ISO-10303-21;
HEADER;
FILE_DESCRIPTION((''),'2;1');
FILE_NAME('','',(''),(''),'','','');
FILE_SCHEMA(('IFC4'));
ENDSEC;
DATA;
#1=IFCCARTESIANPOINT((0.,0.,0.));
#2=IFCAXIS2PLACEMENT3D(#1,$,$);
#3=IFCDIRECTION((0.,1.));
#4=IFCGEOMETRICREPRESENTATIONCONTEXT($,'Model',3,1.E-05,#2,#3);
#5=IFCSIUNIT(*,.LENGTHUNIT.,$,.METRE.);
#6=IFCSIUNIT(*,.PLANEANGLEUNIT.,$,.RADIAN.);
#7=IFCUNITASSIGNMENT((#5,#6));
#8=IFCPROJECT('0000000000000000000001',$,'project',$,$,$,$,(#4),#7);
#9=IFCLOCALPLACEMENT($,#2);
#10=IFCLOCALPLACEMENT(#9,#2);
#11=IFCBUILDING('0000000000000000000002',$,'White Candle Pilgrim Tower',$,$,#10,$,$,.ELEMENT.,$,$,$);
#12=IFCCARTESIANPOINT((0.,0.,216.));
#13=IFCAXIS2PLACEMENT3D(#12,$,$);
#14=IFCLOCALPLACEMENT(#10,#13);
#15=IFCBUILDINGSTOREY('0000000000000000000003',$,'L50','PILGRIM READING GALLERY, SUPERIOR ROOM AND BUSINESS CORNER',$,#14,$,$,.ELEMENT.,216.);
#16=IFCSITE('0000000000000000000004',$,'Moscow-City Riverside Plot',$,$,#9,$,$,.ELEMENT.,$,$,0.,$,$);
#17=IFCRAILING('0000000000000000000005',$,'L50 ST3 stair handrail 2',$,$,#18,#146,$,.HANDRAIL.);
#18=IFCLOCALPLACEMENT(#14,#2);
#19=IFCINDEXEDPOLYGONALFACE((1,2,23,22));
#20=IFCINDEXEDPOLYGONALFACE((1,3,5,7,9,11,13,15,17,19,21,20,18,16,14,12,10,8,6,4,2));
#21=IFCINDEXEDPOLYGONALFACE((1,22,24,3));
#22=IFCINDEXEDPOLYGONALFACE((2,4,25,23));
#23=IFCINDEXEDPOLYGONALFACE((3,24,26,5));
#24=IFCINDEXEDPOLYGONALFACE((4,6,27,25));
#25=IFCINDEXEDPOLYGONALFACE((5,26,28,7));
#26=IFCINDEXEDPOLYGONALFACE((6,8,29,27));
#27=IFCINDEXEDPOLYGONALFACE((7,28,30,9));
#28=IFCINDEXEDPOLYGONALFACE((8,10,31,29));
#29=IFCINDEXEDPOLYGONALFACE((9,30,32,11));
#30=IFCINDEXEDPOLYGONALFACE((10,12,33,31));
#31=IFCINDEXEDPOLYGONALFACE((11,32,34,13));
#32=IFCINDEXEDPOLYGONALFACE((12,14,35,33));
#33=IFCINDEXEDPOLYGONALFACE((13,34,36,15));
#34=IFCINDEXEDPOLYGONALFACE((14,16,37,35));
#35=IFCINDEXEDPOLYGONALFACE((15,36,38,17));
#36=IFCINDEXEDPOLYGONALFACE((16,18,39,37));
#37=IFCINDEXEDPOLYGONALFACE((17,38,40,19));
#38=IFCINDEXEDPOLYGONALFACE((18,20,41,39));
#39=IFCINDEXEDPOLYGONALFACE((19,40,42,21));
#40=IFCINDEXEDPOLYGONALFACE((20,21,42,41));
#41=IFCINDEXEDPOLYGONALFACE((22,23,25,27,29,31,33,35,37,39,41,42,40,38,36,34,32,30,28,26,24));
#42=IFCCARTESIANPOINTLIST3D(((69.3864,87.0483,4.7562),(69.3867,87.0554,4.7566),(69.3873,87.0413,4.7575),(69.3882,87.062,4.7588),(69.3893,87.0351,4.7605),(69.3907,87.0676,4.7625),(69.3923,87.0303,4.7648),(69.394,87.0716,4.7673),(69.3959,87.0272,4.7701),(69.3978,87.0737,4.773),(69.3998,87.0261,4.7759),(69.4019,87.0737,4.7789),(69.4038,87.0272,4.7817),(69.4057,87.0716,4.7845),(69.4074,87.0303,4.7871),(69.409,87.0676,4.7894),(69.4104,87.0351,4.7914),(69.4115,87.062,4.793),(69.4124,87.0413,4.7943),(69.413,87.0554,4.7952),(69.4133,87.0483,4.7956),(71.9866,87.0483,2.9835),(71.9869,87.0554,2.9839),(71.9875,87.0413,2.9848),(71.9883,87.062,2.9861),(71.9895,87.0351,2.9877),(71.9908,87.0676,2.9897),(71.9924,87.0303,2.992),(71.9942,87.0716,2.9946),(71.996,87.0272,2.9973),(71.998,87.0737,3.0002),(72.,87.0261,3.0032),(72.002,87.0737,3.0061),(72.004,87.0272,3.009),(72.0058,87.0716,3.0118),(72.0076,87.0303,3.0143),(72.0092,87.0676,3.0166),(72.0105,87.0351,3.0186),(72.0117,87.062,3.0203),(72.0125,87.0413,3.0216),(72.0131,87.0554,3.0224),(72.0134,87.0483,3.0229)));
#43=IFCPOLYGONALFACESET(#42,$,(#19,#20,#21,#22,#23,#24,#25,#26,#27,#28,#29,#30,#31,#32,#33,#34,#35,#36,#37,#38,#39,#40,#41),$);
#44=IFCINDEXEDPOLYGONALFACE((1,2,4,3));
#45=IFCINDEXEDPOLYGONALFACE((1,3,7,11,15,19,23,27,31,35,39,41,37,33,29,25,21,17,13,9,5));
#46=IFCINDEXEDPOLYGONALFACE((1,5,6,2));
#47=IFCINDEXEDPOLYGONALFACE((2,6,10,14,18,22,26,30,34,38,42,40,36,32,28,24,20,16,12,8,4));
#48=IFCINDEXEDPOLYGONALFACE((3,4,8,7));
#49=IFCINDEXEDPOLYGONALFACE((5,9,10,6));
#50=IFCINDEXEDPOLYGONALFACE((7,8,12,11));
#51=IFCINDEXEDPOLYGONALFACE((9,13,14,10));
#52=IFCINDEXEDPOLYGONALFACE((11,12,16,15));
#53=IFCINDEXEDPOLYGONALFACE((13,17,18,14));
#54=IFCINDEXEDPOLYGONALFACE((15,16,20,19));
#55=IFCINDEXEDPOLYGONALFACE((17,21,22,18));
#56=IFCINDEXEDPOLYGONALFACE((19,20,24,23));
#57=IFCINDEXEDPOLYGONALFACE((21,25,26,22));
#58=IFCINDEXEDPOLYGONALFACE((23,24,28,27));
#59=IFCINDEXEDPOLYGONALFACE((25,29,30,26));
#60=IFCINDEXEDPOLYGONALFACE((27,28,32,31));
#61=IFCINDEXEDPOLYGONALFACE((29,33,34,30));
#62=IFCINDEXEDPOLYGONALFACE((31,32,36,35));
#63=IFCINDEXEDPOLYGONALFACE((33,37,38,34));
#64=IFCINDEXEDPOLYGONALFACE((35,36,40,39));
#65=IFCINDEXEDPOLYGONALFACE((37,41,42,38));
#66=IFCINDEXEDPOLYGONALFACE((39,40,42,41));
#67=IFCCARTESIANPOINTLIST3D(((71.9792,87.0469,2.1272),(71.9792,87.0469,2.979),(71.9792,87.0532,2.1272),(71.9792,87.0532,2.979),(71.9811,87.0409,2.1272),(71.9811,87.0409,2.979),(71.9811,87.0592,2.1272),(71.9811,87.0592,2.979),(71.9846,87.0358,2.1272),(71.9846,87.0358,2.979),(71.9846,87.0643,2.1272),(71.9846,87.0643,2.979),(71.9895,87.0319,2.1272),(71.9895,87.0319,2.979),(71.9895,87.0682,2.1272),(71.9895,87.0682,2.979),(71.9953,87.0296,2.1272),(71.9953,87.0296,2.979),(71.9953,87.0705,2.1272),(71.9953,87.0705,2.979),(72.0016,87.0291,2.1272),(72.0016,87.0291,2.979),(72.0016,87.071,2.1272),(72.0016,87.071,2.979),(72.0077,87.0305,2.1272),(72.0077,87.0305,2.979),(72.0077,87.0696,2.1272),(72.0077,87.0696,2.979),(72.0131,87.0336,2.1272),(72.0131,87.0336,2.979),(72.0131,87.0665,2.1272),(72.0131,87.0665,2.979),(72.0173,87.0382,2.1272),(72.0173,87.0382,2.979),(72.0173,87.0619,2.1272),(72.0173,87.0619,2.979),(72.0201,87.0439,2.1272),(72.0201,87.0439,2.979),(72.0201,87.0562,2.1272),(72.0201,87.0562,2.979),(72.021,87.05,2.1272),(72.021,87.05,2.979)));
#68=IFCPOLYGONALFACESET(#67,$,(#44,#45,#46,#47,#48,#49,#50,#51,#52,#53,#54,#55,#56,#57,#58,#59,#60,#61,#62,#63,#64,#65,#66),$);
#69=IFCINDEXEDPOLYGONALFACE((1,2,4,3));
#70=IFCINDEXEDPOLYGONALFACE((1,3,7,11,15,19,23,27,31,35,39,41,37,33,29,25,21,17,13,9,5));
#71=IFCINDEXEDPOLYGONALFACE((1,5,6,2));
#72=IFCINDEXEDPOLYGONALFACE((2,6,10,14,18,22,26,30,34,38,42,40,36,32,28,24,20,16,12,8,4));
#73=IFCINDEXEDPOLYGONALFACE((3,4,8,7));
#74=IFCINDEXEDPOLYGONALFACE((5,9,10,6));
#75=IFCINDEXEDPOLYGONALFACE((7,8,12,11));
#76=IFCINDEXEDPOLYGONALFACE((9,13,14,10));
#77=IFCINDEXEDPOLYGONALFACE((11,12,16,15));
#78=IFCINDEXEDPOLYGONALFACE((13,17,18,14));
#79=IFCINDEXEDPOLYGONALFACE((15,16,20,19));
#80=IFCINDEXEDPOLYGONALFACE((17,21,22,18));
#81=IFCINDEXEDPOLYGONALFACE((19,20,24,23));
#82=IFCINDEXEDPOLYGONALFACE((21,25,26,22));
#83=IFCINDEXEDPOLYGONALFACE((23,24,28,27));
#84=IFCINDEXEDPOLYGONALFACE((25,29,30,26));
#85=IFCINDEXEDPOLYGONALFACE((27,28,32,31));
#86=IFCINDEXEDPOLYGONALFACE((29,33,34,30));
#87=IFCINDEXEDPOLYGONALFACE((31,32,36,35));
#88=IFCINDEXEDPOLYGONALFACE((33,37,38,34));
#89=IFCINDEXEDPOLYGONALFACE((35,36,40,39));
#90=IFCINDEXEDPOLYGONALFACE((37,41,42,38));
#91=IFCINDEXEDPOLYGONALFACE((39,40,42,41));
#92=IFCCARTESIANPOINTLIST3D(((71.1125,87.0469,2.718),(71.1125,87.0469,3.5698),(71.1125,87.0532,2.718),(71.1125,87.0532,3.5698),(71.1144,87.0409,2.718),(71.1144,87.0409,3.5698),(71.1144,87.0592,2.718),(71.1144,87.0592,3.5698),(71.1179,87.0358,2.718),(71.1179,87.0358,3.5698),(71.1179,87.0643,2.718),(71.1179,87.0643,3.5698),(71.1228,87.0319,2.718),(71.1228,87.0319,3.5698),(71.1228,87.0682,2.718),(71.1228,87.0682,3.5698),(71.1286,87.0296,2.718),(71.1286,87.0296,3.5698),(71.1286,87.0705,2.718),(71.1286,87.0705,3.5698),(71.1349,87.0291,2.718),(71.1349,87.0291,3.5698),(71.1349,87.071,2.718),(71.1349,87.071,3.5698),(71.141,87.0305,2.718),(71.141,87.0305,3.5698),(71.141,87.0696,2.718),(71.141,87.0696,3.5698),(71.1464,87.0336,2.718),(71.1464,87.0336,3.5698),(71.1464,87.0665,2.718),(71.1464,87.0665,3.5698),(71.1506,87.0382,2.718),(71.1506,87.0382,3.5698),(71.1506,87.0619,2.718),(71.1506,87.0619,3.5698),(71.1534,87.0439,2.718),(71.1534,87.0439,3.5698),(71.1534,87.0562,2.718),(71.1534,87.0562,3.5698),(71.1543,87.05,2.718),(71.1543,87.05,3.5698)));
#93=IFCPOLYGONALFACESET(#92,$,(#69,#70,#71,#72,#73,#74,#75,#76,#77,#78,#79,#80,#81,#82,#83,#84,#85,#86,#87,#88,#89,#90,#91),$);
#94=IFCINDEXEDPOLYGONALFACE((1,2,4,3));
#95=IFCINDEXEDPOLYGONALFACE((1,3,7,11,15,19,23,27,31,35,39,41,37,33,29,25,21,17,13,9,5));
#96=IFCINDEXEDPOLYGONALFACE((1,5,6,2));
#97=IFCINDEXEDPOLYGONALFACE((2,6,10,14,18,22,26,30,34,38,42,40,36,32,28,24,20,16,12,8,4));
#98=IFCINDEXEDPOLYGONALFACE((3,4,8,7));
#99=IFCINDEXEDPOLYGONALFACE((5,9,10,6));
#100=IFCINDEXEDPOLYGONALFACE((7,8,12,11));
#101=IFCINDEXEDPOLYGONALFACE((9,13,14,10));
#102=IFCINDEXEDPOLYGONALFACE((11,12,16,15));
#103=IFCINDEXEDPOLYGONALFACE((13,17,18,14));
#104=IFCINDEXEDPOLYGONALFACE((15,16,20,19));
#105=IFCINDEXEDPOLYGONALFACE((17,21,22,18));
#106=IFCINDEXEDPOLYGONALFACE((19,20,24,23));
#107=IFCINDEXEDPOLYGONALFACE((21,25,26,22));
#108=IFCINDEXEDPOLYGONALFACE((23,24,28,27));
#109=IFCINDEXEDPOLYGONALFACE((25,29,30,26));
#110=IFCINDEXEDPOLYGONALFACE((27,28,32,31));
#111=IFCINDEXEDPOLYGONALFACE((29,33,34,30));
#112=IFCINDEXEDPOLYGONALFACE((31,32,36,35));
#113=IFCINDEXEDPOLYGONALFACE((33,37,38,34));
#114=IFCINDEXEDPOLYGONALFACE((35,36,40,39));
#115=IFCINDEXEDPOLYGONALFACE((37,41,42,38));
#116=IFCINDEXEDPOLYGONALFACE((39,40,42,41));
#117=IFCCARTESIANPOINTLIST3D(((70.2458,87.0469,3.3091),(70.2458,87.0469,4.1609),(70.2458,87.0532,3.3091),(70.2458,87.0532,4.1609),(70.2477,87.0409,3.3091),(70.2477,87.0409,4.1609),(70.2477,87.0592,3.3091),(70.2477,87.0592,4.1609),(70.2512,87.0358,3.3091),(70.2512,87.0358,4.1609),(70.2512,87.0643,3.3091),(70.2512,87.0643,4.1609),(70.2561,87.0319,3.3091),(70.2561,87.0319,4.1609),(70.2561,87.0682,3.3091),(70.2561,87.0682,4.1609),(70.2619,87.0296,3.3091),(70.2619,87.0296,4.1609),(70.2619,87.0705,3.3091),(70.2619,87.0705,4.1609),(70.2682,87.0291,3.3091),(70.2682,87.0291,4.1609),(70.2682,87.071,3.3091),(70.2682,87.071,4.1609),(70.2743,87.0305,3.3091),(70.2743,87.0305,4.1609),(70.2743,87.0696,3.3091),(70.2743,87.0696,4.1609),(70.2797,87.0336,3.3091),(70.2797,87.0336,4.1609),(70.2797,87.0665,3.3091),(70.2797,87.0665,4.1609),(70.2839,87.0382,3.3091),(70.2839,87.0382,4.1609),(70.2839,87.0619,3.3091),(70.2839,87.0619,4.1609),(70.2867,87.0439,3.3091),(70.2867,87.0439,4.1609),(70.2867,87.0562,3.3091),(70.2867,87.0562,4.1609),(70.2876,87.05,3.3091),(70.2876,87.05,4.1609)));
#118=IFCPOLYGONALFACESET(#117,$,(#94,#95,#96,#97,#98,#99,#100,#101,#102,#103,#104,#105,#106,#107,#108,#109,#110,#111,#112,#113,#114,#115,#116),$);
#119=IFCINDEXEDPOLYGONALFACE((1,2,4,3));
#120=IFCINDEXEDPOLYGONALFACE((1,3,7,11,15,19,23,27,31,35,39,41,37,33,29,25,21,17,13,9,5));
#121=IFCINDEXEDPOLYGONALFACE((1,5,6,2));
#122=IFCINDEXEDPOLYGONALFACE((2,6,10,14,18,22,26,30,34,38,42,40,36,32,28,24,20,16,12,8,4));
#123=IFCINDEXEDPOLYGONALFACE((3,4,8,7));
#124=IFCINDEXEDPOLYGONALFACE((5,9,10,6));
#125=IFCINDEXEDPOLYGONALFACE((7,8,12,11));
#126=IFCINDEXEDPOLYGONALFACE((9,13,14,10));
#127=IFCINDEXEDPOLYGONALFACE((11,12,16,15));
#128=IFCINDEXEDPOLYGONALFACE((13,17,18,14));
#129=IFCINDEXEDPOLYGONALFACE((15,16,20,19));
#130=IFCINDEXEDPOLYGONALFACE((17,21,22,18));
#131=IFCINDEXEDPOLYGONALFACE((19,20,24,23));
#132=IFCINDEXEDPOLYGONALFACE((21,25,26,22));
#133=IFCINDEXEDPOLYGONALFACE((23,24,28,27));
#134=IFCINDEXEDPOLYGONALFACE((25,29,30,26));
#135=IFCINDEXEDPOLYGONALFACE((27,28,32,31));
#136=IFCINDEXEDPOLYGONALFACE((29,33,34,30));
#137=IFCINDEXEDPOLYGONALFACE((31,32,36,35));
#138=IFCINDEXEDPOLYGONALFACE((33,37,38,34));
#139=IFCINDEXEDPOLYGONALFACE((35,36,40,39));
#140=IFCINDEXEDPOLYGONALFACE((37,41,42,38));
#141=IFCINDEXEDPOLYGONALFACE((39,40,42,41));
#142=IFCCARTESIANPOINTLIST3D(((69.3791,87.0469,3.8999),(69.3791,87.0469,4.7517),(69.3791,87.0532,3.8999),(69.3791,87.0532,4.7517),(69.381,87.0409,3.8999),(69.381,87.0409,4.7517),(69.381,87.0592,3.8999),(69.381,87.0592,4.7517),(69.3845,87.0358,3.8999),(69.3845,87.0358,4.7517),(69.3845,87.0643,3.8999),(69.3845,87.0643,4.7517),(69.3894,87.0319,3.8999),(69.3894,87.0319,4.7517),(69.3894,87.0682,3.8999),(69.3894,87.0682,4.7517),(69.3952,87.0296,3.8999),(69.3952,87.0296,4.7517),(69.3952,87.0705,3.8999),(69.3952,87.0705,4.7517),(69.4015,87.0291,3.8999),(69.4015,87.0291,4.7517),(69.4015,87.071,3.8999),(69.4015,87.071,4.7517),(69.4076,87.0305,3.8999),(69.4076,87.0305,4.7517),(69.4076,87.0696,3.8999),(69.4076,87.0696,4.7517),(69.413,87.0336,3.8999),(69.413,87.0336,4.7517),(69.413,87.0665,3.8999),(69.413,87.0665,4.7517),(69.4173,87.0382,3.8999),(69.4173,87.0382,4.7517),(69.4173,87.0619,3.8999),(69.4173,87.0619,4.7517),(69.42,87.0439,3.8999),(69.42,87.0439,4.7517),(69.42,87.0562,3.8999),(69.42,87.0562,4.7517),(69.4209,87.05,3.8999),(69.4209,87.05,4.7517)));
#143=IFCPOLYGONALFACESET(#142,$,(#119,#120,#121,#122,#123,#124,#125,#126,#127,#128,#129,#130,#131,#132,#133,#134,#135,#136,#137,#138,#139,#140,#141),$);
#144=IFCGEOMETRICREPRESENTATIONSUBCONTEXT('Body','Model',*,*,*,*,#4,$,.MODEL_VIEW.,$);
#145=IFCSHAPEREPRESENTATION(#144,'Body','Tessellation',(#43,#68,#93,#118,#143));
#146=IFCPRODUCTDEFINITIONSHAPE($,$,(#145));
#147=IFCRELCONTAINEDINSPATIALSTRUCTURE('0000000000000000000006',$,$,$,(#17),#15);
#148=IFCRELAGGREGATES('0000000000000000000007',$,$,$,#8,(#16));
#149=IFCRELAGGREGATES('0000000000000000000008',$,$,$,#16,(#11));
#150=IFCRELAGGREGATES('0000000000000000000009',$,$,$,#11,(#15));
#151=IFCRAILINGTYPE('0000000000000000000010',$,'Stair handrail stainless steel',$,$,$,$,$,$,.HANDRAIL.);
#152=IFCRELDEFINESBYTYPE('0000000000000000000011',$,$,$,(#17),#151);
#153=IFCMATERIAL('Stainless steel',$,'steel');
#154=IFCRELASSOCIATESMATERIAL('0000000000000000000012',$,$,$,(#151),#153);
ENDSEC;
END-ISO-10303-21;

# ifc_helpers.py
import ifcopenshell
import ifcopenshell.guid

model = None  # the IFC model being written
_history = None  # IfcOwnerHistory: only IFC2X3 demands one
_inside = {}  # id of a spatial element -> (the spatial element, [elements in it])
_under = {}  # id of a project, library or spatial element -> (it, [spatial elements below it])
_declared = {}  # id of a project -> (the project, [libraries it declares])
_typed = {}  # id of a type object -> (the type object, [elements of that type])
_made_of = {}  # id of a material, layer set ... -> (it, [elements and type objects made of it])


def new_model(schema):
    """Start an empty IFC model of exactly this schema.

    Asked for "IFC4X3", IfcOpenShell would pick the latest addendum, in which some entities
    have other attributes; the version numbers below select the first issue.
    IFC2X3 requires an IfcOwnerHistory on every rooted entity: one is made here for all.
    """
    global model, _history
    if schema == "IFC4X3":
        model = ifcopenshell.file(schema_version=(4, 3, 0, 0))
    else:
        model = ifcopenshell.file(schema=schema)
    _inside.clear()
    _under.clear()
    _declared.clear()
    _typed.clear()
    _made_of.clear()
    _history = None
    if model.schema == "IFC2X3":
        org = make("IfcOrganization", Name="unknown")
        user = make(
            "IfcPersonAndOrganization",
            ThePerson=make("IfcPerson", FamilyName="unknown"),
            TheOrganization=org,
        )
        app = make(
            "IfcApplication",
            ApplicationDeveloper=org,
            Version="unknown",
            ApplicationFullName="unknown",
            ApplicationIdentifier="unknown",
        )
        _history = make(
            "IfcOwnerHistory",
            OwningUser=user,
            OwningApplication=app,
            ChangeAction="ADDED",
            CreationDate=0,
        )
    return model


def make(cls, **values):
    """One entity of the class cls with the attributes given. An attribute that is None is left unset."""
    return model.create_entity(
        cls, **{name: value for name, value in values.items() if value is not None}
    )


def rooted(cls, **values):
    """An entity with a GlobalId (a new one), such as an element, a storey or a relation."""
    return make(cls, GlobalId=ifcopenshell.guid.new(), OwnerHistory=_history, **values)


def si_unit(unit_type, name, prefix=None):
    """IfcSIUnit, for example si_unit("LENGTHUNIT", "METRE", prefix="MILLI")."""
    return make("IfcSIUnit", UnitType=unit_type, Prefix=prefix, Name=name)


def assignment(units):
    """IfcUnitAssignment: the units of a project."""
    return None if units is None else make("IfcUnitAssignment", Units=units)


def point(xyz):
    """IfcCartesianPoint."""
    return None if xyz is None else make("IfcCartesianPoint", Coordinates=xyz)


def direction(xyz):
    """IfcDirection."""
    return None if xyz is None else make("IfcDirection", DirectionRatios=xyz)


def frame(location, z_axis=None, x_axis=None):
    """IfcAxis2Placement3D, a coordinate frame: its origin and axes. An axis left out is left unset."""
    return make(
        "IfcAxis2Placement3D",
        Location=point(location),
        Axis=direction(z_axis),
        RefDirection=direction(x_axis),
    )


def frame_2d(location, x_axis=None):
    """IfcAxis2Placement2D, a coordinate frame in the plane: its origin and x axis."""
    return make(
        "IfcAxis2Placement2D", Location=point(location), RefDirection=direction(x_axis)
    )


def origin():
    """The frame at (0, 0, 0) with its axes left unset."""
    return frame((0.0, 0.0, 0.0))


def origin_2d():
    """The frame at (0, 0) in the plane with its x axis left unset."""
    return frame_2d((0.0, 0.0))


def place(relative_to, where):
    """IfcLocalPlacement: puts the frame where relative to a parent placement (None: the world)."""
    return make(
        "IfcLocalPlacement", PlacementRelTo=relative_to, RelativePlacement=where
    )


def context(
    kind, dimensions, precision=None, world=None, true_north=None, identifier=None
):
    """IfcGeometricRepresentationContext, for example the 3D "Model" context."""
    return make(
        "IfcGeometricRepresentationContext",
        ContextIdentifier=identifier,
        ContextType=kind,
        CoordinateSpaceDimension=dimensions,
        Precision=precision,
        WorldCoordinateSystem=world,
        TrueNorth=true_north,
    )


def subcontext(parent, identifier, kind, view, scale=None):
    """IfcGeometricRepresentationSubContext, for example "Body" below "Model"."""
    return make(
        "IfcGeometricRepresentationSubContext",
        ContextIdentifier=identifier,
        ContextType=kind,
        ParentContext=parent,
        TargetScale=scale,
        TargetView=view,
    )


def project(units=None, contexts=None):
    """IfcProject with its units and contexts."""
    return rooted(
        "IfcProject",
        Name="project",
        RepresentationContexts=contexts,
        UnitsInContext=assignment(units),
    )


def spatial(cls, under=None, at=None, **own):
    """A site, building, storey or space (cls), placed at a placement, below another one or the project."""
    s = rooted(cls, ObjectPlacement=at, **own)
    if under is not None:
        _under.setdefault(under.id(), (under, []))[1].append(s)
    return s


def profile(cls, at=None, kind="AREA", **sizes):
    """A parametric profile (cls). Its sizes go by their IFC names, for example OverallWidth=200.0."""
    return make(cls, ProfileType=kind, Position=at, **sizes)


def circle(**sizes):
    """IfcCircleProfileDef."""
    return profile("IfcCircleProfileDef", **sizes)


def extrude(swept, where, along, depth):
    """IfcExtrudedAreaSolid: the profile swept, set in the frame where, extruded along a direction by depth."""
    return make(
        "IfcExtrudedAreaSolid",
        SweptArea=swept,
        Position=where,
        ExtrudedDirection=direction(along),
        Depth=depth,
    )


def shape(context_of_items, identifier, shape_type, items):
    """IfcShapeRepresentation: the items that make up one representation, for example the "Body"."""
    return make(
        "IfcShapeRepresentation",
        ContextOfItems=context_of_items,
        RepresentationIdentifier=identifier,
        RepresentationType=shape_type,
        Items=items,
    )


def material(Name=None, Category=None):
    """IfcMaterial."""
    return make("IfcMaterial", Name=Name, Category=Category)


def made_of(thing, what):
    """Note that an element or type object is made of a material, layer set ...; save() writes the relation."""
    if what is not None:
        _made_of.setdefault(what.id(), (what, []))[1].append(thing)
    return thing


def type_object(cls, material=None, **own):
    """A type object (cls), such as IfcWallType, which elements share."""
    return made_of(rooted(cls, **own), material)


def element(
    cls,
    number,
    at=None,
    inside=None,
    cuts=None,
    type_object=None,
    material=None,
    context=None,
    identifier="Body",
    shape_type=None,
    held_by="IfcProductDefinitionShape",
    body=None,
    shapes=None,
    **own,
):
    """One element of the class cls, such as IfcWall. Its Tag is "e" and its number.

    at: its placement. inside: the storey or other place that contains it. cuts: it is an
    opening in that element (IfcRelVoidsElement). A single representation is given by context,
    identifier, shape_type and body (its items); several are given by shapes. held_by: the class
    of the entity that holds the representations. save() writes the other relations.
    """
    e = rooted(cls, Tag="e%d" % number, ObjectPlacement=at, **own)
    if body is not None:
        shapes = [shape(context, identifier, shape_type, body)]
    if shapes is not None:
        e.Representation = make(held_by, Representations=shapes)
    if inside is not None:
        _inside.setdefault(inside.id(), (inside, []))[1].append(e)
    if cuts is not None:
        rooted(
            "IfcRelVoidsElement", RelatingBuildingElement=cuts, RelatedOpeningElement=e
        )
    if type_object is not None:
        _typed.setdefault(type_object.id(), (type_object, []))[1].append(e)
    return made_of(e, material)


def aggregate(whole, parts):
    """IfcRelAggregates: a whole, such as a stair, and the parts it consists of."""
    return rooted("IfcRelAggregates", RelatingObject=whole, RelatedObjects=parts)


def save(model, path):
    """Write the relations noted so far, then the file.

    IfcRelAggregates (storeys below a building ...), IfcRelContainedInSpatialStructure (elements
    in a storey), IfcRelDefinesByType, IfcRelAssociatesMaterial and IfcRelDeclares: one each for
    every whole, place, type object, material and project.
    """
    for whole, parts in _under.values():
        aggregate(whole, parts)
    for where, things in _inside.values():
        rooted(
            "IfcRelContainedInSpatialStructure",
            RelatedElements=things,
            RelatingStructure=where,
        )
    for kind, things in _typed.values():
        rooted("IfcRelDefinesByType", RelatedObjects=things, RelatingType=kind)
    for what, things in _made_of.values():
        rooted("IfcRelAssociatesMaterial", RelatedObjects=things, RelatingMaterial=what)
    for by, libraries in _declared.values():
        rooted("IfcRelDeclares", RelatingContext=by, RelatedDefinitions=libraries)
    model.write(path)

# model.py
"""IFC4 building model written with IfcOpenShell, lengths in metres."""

from ifc_helpers import new_model, si_unit, direction, frame, origin, origin_2d, place, context, subcontext, project, spatial, circle, extrude, material, type_object, element, save


model = new_model("IFC4")

# Units and contexts
model_context = context("Model", 3, precision=1e-05, world=origin(), true_north=direction((0.0, 1.0)))
body_context = subcontext(model_context, "Body", "Model", "MODEL_VIEW")
ifc_project = project(units=[si_unit("LENGTHUNIT", "METRE"), si_unit("PLANEANGLEUNIT", "RADIAN")], contexts=[model_context])

# Site, building, storey
site_placement = place(None, origin())
site = spatial("IfcSite", under=ifc_project, at=site_placement, Name="Moscow-City Riverside Plot", CompositionType="ELEMENT", RefElevation=0.0)
building_placement = place(site_placement, origin())
building = spatial("IfcBuilding", under=site, at=building_placement, Name="White Candle Pilgrim Tower", CompositionType="ELEMENT")
storey_placement = place(building_placement, frame((0.0, 0.0, 216.0)))
storey = spatial("IfcBuildingStorey", under=building, at=storey_placement, Name="L50", Description="PILGRIM READING GALLERY, SUPERIOR ROOM AND BUSINESS CORNER", CompositionType="ELEMENT", Elevation=216.0)

# Railing
ifc_material_1 = material(Name="Stainless steel", Category="steel")
railing_type_1 = type_object("IfcRailingType", Name="Stair handrail stainless steel", PredefinedType="HANDRAIL", material=ifc_material_1)
railing_1_placement = place(storey_placement, frame((72.0, 87.05, 2.1272)))
element("IfcRailing", 1, at=railing_1_placement, inside=storey, type_object=railing_type_1, Name="L50 ST3 stair handrail 2", PredefinedType="HANDRAIL", context=body_context, shape_type="SweptSolid", body=[
    extrude(circle(Radius=0.0239, at=origin_2d()), frame((0.0, 0.0, 0.876), z_axis=(-0.82624, 0.0, 0.563318), x_axis=(0.0, -1.0, 0.0)), (0.0, 0.0, 1.0), 3.147),
    extrude(circle(Radius=0.021, at=origin_2d()), origin(), (0.0, 0.0, 1.0), 0.8518),
    extrude(circle(Radius=0.021, at=origin_2d()), frame((-0.8667, 0.0, 0.5908)), (0.0, 0.0, 1.0), 0.8518),
    extrude(circle(Radius=0.021, at=origin_2d()), frame((-1.7334, 0.0, 1.1819)), (0.0, 0.0, 1.0), 0.8518),
    extrude(circle(Radius=0.021, at=origin_2d()), frame((-2.6001, 0.0, 1.7727)), (0.0, 0.0, 1.0), 0.8518),
])

save(model, "model.ifc")
